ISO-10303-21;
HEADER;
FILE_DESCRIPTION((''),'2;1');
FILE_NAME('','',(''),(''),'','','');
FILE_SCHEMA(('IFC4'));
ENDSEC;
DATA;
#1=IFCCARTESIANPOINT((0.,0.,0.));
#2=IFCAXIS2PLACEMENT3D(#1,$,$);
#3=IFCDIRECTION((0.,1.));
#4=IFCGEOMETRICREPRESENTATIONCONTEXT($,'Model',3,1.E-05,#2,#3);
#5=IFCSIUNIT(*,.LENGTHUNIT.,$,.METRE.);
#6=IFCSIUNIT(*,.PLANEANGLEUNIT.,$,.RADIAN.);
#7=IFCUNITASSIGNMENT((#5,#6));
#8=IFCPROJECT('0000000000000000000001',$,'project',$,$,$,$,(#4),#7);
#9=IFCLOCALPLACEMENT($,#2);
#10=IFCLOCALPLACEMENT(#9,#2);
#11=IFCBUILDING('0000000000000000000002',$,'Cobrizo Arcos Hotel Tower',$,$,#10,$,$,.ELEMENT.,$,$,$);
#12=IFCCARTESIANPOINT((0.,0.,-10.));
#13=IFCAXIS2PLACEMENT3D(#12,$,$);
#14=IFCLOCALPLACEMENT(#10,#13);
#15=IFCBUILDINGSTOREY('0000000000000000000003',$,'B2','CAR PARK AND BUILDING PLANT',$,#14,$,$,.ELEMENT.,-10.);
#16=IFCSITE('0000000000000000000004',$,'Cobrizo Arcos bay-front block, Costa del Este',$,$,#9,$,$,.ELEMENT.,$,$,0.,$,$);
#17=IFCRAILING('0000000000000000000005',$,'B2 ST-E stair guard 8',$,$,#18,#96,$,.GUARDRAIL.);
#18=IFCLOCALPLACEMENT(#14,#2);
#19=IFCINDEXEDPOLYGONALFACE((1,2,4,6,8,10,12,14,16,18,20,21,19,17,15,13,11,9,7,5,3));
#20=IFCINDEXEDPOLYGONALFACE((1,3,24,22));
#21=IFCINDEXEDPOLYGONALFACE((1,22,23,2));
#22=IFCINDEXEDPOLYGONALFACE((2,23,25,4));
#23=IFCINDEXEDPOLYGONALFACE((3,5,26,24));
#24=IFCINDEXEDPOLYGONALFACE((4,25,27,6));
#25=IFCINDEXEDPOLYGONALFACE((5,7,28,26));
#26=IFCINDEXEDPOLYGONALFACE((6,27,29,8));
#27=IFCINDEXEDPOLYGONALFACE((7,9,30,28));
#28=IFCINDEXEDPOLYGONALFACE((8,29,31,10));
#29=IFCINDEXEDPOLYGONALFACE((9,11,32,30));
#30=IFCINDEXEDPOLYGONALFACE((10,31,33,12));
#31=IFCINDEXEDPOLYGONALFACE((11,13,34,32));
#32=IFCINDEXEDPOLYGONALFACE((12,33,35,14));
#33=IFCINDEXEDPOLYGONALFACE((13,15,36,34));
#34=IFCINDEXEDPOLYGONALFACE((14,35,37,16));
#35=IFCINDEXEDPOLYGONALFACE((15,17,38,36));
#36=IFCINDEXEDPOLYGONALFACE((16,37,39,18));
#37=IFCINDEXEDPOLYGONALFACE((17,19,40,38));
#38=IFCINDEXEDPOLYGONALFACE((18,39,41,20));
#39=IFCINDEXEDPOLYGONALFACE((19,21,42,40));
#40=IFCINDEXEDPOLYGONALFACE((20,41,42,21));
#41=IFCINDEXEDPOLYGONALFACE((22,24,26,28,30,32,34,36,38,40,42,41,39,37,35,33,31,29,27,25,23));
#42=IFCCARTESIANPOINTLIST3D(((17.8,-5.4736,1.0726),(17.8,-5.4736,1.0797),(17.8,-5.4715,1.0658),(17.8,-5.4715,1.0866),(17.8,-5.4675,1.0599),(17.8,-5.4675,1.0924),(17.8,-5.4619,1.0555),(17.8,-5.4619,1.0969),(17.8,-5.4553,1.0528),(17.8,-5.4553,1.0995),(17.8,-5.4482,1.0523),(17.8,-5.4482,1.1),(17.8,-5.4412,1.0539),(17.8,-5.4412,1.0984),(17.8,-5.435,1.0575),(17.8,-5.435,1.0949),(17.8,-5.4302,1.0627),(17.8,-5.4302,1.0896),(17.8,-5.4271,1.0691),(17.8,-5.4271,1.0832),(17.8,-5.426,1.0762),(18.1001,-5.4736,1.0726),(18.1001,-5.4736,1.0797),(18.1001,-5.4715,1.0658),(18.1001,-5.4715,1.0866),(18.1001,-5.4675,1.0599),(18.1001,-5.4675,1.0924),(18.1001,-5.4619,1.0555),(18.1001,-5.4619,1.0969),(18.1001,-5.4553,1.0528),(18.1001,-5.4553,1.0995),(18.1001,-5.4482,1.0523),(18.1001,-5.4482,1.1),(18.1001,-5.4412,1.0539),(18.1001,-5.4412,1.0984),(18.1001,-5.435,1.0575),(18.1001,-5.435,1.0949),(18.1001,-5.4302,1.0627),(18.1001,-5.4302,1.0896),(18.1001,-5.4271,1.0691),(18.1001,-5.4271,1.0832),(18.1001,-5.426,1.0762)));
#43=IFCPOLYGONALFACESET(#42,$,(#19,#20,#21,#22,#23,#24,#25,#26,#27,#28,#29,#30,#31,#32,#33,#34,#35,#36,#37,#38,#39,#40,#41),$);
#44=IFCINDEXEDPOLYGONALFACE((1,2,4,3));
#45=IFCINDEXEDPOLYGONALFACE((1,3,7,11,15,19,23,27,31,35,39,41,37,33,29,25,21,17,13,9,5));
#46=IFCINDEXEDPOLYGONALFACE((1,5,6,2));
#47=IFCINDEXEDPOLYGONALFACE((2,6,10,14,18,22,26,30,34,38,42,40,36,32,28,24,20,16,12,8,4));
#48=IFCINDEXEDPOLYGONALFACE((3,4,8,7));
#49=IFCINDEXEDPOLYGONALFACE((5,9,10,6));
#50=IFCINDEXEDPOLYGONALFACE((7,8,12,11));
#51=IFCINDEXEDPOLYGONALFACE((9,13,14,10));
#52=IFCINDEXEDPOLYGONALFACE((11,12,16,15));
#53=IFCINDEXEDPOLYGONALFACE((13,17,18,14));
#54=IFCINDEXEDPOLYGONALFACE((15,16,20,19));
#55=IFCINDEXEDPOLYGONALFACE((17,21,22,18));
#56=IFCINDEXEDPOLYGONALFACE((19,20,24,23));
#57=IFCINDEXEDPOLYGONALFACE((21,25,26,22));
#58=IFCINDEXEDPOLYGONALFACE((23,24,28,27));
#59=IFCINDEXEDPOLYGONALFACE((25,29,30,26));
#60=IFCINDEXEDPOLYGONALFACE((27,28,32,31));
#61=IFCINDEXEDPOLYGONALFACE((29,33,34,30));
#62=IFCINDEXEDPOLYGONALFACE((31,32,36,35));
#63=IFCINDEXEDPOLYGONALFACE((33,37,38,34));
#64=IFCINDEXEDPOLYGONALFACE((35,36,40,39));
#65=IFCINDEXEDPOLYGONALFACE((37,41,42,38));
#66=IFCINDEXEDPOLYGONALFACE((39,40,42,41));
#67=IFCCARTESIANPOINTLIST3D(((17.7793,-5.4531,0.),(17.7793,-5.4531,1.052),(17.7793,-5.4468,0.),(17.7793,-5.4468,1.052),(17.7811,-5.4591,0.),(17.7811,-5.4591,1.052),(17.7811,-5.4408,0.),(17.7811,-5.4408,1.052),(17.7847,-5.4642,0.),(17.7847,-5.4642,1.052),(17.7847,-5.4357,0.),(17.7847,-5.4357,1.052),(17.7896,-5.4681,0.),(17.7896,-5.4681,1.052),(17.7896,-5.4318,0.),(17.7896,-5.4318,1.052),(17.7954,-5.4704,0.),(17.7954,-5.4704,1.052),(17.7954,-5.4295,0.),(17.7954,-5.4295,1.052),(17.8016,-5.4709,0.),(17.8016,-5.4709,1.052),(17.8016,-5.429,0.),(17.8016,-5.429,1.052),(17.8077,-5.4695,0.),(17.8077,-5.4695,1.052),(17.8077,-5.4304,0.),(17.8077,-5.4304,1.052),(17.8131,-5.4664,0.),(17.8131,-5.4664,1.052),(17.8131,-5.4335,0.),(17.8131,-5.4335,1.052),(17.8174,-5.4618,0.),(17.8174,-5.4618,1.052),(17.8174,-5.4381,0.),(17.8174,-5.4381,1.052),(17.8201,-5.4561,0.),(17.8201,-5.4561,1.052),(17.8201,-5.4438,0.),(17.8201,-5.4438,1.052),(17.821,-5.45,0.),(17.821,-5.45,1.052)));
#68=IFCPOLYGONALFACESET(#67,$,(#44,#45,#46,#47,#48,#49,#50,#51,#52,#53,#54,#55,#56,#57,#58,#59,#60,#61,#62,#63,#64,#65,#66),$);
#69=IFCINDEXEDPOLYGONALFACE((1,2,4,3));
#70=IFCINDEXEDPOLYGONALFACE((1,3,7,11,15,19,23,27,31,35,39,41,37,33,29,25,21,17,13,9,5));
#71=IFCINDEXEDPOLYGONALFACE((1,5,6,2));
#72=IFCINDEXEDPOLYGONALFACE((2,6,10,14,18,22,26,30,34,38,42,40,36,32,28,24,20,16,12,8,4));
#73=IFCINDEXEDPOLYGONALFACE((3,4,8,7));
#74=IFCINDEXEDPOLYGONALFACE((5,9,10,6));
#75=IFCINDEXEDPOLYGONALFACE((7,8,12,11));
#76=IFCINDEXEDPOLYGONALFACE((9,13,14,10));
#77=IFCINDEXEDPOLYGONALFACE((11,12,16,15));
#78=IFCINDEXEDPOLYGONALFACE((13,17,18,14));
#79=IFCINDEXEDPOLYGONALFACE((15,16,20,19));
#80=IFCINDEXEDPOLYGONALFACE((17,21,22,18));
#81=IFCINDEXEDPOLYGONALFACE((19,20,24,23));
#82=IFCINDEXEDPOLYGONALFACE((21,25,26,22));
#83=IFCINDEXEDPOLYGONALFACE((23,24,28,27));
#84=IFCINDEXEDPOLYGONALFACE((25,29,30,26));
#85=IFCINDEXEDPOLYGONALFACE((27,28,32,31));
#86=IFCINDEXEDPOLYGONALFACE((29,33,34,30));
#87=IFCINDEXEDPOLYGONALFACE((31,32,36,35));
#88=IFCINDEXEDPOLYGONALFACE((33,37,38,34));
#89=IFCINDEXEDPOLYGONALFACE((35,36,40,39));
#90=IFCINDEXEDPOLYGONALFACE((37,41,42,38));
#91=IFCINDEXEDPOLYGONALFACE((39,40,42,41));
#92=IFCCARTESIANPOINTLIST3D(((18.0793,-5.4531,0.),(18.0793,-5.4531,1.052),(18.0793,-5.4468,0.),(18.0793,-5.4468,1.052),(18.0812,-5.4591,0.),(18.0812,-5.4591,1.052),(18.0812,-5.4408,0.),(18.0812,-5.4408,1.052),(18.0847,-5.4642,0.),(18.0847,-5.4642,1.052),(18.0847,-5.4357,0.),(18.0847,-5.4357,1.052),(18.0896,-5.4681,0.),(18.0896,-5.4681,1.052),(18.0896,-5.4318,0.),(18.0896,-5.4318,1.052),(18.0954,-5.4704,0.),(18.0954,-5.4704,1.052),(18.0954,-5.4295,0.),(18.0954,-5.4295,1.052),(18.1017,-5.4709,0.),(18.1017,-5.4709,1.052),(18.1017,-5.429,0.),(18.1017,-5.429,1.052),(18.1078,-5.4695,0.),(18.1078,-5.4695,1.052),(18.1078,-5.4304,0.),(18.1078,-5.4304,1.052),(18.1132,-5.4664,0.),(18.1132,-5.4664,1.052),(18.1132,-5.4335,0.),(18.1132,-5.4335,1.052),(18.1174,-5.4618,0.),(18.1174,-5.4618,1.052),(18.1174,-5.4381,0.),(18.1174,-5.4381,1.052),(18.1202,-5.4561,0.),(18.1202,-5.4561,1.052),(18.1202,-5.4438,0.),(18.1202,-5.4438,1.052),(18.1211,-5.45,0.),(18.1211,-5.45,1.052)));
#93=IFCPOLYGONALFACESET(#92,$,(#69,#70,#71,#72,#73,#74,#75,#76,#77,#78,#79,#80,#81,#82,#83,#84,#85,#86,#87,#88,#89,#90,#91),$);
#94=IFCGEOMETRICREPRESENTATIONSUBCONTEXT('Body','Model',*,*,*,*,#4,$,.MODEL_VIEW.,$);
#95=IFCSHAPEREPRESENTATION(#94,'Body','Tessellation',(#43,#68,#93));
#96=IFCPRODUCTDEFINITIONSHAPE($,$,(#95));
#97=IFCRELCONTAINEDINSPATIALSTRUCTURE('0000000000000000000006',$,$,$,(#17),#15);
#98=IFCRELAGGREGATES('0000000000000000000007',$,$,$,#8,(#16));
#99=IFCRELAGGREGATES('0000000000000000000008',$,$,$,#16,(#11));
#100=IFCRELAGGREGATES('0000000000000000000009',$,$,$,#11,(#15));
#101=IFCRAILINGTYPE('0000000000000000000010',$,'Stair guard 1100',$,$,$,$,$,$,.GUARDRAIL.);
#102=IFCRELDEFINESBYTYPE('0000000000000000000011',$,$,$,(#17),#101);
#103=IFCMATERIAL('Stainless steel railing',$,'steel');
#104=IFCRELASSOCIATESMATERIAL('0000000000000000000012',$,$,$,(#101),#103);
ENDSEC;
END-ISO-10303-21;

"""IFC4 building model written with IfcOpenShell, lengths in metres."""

from ifc_helpers import new_model, si_unit, direction, frame, origin, origin_2d, place, context, subcontext, project, spatial, circle, extrude, material, type_object, element, save


model = new_model("IFC4")

# Units and contexts
model_context = context("Model", 3, precision=1e-05, world=origin(), true_north=direction((0.0, 1.0)))
body_context = subcontext(model_context, "Body", "Model", "MODEL_VIEW")
ifc_project = project(units=[si_unit("LENGTHUNIT", "METRE"), si_unit("PLANEANGLEUNIT", "RADIAN")], contexts=[model_context])

# Site, building, storey
site_placement = place(None, origin())
site = spatial("IfcSite", under=ifc_project, at=site_placement, Name="Cobrizo Arcos bay-front block, Costa del Este", CompositionType="ELEMENT", RefElevation=0.0)
building_placement = place(site_placement, origin())
building = spatial("IfcBuilding", under=site, at=building_placement, Name="Cobrizo Arcos Hotel Tower", CompositionType="ELEMENT")
storey_placement = place(building_placement, frame((0.0, 0.0, -10.0)))
storey = spatial("IfcBuildingStorey", under=building, at=storey_placement, Name="B2", Description="CAR PARK AND BUILDING PLANT", CompositionType="ELEMENT", Elevation=-10.0)

# Railing
ifc_material_1 = material(Name="Stainless steel railing", Category="steel")
railing_type_1 = type_object("IfcRailingType", Name="Stair guard 1100", PredefinedType="GUARDRAIL", material=ifc_material_1)
railing_1_placement = place(storey_placement, frame((17.8, -5.45, 0.0)))
element("IfcRailing", 1, at=railing_1_placement, inside=storey, type_object=railing_type_1, Name="B2 ST-E stair guard 8", PredefinedType="GUARDRAIL", context=body_context, shape_type="SweptSolid", body=[
    extrude(circle(Radius=0.0239, at=origin_2d()), frame((0.0, 0.0, 1.0762), z_axis=(1.0, 0.0, 0.0), x_axis=(0.0, 1.0, 0.0)), (0.0, 0.0, 1.0), 0.3),
    extrude(circle(Radius=0.021, at=origin_2d()), origin(), (0.0, 0.0, 1.0), 1.052),
    extrude(circle(Radius=0.021, at=origin_2d()), frame((0.3, 0.0, 0.0)), (0.0, 0.0, 1.0), 1.052),
])

save(model, "model.ifc")
